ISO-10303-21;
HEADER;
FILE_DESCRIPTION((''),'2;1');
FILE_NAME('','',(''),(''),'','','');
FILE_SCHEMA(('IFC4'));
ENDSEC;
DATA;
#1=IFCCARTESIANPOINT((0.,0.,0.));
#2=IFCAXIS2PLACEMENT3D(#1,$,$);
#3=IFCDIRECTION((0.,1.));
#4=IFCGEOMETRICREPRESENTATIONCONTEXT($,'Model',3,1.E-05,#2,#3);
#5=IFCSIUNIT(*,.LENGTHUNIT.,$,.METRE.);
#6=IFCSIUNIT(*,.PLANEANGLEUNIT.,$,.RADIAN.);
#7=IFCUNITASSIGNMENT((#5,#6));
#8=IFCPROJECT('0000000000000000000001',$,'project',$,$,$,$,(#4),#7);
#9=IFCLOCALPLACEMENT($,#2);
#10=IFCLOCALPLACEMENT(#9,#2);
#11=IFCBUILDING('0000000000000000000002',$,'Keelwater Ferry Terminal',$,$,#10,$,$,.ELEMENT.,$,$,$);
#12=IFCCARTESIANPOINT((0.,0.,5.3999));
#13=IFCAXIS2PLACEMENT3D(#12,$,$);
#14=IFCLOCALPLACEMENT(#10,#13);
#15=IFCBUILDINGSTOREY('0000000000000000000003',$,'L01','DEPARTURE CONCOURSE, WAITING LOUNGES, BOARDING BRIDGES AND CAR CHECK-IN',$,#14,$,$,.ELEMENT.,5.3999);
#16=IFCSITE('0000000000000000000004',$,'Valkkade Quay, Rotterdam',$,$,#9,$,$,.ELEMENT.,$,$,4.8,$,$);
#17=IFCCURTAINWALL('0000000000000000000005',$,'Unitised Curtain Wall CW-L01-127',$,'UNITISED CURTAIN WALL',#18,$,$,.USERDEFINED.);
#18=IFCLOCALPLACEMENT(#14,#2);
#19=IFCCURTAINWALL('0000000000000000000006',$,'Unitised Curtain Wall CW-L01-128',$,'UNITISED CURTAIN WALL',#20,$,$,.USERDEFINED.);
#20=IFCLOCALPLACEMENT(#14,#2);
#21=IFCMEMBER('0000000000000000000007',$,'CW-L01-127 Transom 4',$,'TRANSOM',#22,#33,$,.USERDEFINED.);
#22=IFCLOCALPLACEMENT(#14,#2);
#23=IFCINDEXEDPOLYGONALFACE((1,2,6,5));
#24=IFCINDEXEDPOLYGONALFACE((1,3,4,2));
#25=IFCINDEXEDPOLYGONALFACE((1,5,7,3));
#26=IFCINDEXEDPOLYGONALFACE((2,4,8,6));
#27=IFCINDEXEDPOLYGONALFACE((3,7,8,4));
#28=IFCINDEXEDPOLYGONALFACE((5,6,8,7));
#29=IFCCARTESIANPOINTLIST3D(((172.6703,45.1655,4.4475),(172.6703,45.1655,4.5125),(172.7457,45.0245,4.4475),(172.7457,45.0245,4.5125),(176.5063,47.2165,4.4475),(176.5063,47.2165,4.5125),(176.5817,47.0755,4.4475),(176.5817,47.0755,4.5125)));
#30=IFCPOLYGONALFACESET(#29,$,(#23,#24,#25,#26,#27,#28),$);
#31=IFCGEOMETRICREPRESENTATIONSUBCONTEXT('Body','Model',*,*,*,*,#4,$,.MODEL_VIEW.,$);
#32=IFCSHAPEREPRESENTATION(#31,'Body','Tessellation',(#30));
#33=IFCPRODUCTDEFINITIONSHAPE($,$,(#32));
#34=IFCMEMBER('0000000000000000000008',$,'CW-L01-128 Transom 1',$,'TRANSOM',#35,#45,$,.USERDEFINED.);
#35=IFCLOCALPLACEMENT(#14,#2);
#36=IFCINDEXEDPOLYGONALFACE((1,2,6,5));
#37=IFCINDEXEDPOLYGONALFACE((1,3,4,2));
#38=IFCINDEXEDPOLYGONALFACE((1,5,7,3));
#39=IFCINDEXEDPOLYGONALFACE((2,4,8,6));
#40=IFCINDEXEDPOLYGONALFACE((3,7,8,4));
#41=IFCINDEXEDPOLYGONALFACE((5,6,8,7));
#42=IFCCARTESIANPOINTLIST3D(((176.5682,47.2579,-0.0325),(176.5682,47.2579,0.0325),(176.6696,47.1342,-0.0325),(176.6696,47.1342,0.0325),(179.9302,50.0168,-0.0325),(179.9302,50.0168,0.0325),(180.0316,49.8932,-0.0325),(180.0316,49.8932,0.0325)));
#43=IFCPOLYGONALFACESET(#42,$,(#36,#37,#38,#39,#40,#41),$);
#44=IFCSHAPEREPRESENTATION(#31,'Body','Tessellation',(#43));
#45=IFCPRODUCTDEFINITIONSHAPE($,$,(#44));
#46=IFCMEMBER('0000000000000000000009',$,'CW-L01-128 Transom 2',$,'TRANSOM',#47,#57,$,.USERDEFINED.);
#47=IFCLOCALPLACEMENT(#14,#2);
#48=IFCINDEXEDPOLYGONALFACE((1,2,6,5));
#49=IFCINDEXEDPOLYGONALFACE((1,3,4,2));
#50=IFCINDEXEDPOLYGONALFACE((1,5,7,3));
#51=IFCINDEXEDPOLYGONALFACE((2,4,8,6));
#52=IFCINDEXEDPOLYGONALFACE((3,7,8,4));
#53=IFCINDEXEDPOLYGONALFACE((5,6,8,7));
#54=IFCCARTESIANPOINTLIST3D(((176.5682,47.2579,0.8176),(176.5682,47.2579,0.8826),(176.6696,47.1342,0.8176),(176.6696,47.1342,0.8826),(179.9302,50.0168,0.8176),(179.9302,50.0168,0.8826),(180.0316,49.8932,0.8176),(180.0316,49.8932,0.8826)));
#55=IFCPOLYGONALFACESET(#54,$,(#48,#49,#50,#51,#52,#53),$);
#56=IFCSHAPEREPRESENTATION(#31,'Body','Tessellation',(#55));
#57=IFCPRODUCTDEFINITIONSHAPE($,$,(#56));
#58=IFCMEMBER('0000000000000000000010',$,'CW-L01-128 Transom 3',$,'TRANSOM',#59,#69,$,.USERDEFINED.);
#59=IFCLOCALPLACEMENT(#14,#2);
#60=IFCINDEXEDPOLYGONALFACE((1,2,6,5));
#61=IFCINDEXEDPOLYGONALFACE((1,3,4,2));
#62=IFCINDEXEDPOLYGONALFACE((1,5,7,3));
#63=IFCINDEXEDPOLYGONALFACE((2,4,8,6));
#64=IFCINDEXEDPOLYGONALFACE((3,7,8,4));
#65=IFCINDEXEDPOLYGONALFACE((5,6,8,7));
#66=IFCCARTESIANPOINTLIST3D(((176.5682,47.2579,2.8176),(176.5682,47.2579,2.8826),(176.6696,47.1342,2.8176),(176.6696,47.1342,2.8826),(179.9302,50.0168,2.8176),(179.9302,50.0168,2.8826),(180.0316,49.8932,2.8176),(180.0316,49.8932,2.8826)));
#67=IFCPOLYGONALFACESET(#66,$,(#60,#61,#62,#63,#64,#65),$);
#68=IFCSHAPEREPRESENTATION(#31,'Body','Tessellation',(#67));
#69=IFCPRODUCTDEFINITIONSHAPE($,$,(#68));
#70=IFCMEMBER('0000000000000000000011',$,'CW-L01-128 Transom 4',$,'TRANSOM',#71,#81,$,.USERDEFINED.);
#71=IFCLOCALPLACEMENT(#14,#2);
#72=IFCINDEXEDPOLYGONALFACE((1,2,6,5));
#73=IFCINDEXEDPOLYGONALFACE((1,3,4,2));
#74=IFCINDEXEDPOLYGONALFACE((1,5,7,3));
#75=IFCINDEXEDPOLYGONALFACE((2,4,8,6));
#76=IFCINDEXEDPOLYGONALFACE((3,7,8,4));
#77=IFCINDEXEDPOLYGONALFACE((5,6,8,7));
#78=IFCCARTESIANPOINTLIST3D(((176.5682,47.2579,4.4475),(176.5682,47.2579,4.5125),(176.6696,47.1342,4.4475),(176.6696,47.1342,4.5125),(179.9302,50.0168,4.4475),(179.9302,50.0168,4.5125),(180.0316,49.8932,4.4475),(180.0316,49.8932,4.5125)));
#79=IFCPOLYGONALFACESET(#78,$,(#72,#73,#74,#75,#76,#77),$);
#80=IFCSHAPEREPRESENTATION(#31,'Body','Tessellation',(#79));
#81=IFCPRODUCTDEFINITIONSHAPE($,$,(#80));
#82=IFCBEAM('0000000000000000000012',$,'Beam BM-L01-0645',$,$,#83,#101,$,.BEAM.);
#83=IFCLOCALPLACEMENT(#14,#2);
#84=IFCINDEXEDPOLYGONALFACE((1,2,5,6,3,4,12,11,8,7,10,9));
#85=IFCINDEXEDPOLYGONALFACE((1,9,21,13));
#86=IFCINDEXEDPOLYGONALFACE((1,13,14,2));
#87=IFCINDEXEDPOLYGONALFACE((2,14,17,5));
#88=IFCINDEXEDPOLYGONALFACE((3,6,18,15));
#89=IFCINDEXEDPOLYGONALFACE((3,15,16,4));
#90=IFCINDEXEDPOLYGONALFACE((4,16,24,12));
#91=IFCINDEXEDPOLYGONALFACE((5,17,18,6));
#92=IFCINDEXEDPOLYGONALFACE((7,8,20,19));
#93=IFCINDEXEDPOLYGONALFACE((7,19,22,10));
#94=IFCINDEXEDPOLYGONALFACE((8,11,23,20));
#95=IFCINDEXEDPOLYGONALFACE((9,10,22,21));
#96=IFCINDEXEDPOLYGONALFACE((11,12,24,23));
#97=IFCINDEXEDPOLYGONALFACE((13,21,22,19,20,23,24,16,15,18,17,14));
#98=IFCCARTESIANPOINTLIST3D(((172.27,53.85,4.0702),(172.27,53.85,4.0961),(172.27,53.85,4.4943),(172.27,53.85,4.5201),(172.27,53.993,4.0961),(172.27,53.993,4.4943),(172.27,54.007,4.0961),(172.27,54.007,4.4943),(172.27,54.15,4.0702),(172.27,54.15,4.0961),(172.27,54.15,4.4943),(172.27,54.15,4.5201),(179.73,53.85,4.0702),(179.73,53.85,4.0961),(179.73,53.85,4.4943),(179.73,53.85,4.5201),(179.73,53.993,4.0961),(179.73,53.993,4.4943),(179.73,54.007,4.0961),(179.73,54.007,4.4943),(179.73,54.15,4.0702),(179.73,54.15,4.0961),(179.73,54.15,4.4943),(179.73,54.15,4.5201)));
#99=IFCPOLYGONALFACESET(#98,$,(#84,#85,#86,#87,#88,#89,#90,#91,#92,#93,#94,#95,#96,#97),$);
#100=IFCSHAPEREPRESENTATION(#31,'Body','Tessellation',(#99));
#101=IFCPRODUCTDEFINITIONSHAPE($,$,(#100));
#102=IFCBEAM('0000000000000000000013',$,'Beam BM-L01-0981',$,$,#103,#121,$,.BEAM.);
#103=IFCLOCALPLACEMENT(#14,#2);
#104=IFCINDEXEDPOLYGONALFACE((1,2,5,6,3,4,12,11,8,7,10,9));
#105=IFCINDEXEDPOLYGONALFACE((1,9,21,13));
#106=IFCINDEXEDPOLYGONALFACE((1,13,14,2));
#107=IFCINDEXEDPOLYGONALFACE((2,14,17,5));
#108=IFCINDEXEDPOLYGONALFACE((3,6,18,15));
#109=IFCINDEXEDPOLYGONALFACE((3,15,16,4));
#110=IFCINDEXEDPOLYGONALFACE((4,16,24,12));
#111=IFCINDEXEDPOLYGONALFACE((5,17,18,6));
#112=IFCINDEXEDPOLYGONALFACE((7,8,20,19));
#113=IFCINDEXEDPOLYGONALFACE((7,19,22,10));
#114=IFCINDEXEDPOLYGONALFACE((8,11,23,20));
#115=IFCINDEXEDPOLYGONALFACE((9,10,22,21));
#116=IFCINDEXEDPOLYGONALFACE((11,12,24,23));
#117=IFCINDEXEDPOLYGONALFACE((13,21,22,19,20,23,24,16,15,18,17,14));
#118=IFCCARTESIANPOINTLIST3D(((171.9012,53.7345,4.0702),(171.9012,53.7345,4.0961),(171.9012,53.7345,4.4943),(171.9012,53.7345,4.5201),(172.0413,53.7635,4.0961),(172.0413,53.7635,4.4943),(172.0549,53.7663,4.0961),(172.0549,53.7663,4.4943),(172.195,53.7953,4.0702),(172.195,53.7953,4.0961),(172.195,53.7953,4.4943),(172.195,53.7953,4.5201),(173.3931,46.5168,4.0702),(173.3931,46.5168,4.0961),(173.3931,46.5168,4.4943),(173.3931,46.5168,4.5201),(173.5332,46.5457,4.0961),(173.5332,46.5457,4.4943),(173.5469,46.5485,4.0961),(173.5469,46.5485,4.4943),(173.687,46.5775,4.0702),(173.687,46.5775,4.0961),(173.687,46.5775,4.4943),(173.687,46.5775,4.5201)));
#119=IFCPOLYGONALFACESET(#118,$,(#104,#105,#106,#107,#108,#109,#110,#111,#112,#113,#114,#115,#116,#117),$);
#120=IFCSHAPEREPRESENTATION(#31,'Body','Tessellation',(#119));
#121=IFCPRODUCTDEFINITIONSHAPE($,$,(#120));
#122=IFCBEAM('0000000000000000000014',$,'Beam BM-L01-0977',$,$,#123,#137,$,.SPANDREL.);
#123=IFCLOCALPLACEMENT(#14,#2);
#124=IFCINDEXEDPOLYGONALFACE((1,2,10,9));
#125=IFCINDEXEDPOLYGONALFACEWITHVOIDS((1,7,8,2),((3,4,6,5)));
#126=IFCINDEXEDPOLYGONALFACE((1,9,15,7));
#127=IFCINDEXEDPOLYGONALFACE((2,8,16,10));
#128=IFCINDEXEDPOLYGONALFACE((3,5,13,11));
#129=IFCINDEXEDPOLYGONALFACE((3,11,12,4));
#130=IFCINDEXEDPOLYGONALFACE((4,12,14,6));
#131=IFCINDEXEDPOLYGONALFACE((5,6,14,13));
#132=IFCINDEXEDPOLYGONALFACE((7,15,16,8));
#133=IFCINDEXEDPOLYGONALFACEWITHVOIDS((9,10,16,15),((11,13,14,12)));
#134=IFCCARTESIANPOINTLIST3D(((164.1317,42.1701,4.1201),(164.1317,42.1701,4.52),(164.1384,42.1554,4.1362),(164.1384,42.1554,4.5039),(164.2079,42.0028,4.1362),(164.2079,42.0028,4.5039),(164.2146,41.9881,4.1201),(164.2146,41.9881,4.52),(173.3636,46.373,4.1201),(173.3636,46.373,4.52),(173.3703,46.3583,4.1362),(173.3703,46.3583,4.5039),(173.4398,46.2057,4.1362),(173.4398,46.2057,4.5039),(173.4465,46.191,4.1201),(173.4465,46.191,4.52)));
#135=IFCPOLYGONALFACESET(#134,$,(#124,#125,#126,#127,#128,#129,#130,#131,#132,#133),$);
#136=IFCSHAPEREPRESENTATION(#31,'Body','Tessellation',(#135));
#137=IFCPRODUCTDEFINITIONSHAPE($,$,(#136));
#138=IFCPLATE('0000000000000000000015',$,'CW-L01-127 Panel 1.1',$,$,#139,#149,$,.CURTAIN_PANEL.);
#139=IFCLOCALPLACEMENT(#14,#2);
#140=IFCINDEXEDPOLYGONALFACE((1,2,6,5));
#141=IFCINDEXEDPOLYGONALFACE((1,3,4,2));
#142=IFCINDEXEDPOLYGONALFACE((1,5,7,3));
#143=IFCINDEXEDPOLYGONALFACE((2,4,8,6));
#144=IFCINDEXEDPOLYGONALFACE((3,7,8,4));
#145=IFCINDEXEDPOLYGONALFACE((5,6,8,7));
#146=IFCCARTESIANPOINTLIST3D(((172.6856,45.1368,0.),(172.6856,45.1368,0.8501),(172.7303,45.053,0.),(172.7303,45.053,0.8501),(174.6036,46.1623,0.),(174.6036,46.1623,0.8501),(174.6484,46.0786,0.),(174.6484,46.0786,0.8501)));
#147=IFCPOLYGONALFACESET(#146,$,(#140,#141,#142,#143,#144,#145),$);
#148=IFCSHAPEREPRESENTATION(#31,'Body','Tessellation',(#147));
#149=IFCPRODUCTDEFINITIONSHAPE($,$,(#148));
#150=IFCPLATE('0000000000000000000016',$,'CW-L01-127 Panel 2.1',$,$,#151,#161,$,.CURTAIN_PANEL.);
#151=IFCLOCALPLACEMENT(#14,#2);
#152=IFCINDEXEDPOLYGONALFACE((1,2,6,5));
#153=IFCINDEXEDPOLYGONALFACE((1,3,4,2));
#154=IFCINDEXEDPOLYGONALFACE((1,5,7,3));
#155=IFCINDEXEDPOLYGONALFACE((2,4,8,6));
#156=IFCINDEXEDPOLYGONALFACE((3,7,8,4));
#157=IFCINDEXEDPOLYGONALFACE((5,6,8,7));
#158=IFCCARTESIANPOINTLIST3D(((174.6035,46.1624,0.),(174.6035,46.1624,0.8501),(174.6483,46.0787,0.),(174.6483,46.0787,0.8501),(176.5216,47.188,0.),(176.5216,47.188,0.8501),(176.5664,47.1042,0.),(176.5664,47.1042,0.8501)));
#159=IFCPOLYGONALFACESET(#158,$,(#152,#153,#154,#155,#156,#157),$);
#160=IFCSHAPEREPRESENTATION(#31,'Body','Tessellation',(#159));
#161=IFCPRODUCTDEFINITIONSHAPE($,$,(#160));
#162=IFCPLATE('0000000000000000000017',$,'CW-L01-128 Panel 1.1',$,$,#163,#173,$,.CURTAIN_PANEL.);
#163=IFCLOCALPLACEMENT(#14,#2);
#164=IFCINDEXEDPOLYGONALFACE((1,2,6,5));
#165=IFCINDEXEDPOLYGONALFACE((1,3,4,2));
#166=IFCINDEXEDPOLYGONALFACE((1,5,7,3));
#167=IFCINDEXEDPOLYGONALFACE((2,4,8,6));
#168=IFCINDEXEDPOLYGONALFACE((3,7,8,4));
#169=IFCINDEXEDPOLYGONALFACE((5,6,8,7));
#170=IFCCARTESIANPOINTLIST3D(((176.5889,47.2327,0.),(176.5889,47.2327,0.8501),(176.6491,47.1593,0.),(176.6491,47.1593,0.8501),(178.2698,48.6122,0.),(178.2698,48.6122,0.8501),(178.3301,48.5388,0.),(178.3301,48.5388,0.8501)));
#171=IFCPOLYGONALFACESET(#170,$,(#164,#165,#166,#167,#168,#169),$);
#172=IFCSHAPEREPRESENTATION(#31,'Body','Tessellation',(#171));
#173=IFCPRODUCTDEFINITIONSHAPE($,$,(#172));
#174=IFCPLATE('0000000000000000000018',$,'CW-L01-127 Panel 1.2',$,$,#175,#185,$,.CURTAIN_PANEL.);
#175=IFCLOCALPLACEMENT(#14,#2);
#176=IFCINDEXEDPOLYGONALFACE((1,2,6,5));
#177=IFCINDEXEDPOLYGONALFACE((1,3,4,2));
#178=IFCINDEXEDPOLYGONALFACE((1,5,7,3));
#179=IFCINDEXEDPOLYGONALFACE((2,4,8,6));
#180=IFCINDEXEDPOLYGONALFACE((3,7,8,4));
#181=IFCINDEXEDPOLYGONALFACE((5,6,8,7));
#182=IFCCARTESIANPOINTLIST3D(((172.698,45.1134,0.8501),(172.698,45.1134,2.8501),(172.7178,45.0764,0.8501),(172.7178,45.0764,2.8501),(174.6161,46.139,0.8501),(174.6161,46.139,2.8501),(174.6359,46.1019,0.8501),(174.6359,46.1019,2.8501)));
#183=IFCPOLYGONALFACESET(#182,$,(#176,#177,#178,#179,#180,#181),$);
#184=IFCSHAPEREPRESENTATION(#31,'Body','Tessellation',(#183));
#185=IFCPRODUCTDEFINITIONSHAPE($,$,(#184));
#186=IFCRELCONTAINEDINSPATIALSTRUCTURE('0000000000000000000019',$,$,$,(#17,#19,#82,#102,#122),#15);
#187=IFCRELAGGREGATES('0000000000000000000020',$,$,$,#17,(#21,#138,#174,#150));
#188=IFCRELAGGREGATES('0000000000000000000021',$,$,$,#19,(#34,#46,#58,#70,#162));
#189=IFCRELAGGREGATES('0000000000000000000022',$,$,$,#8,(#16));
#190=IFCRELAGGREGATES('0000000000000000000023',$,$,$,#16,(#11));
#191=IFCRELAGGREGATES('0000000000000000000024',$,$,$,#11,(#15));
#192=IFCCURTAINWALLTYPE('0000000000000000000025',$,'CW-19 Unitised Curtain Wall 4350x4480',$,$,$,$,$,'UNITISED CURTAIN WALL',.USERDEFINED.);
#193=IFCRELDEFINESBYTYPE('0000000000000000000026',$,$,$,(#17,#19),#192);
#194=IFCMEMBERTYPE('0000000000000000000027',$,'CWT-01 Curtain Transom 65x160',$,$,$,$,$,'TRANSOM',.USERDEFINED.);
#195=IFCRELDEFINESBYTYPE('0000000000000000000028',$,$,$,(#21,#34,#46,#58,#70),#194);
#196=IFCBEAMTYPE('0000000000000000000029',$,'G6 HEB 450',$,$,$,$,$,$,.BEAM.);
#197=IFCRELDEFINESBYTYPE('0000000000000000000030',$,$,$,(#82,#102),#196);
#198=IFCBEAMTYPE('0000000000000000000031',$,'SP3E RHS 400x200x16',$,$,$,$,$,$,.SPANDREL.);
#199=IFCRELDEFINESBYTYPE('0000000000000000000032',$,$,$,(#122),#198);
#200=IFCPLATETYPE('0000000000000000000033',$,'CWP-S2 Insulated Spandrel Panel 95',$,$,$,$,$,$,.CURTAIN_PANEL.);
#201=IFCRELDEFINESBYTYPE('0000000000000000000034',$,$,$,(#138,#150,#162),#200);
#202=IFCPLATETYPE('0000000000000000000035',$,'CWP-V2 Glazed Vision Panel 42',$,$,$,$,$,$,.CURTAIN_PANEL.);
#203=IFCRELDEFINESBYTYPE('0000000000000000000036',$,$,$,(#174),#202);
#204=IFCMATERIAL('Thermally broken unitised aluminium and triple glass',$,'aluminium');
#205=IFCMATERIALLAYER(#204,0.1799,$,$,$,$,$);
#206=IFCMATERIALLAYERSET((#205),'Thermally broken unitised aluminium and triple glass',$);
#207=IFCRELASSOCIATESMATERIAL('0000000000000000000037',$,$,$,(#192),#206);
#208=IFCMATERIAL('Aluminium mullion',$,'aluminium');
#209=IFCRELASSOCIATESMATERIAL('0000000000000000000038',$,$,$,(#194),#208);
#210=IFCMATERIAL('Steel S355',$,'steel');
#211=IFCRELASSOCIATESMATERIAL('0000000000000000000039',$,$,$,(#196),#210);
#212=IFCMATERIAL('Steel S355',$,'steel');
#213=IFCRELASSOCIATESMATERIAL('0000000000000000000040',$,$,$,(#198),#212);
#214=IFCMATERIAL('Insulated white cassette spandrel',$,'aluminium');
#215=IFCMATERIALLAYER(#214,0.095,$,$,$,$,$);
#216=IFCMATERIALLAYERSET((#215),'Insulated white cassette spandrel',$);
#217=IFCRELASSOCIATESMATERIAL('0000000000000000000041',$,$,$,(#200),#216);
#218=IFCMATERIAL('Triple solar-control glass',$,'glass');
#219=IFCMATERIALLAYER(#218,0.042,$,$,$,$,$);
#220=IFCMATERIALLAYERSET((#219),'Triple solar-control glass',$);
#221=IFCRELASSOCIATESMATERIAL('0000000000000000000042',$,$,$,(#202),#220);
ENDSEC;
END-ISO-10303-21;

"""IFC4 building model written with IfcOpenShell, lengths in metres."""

from ifc_helpers import new_model, si_unit, direction, frame, origin, origin_2d, place, context, subcontext, project, spatial, rectangle, hollow_rectangle, i_section, extrude, material, layer, layer_set, material_profile, profile_set, type_object, element, aggregate, save


model = new_model("IFC4")

# Units and contexts
model_context = context("Model", 3, precision=1e-05, world=origin(), true_north=direction((0.0, 1.0)))
body_context = subcontext(model_context, "Body", "Model", "MODEL_VIEW")
ifc_project = project(units=[si_unit("LENGTHUNIT", "METRE"), si_unit("PLANEANGLEUNIT", "RADIAN")], contexts=[model_context])

# Site, building, storey
site_placement = place(None, origin())
site = spatial("IfcSite", under=ifc_project, at=site_placement, Name="Valkkade Quay, Rotterdam", CompositionType="ELEMENT", RefElevation=4.8)
building_placement = place(site_placement, origin())
building = spatial("IfcBuilding", under=site, at=building_placement, Name="Keelwater Ferry Terminal", CompositionType="ELEMENT")
storey_placement = place(building_placement, frame((0.0, 0.0, 5.3999)))
storey = spatial("IfcBuildingStorey", under=building, at=storey_placement, Name="L01", Description="DEPARTURE CONCOURSE, WAITING LOUNGES, BOARDING BRIDGES AND CAR CHECK-IN", CompositionType="ELEMENT", Elevation=5.3999)

# Shared definitions
ifc_material_1 = material(Name="Thermally broken unitised aluminium and triple glass", Category="aluminium")
ifc_layer_1 = layer(ifc_material_1, 0.1799)
ifc_layer_set_1 = layer_set([ifc_layer_1], Name="Thermally broken unitised aluminium and triple glass")
curtain_wall_type = type_object("IfcCurtainWallType", Name="CW-19 Unitised Curtain Wall 4350x4480", ElementType="UNITISED CURTAIN WALL", PredefinedType="USERDEFINED", material=ifc_layer_set_1)

# Curtain walls
curtain_wall_1_placement = place(storey_placement, origin())
curtain_wall_1 = element("IfcCurtainWall", 1, at=curtain_wall_1_placement, inside=storey, type_object=curtain_wall_type, Name="Unitised Curtain Wall CW-L01-127", ObjectType="UNITISED CURTAIN WALL", PredefinedType="USERDEFINED")
curtain_wall_2_placement = place(storey_placement, origin())
curtain_wall_2 = element("IfcCurtainWall", 2, at=curtain_wall_2_placement, inside=storey, type_object=curtain_wall_type, Name="Unitised Curtain Wall CW-L01-128", ObjectType="UNITISED CURTAIN WALL", PredefinedType="USERDEFINED")

# Members
ifc_material_2 = material(Name="Aluminium mullion", Category="aluminium")
ifc_material_profile_1 = material_profile(ifc_material_2, rectangle(XDim=0.1599, YDim=0.0649, at=origin_2d()), Name="CWT-01")
ifc_profile_set_1 = profile_set([ifc_material_profile_1], Name="Aluminium mullion")
member_type_1 = type_object("IfcMemberType", Name="CWT-01 Curtain Transom 65x160", ElementType="TRANSOM", PredefinedType="USERDEFINED", material=ifc_profile_set_1)
member_1_placement = place(storey_placement, frame((172.708, 45.095, 4.48), z_axis=(0.881857, 0.471517, 0.0), x_axis=(-0.471517, 0.881857, 0.0)))
member_1 = element("IfcMember", 3, at=member_1_placement, type_object=member_type_1, Name="CW-L01-127 Transom 4", ObjectType="TRANSOM", PredefinedType="USERDEFINED", context=body_context, shape_type="SweptSolid", body=[
    extrude(rectangle(XDim=0.1599, YDim=0.0649, at=origin_2d()), origin(), (0.0, 0.0, 1.0), 4.3499),
])
member_2_placement = place(storey_placement, frame((176.6189, 47.196, 0.0), z_axis=(0.773026, 0.634374, 0.0), x_axis=(-0.634374, 0.773026, 0.0)))
member_2 = element("IfcMember", 4, at=member_2_placement, type_object=member_type_1, Name="CW-L01-128 Transom 1", ObjectType="TRANSOM", PredefinedType="USERDEFINED", context=body_context, shape_type="SweptSolid", body=[
    extrude(rectangle(XDim=0.1599, YDim=0.0649, at=origin_2d()), origin(), (0.0, 0.0, 1.0), 4.3491),
])
member_3_placement = place(storey_placement, frame((176.6189, 47.196, 0.8501), z_axis=(0.773026, 0.634374, 0.0), x_axis=(-0.634374, 0.773026, 0.0)))
member_3 = element("IfcMember", 5, at=member_3_placement, type_object=member_type_1, Name="CW-L01-128 Transom 2", ObjectType="TRANSOM", PredefinedType="USERDEFINED", context=body_context, shape_type="SweptSolid", body=[
    extrude(rectangle(XDim=0.1599, YDim=0.0649, at=origin_2d()), origin(), (0.0, 0.0, 1.0), 4.3491),
])
member_4_placement = place(storey_placement, frame((176.6189, 47.196, 2.8501), z_axis=(0.773026, 0.634374, 0.0), x_axis=(-0.634374, 0.773026, 0.0)))
member_4 = element("IfcMember", 6, at=member_4_placement, type_object=member_type_1, Name="CW-L01-128 Transom 3", ObjectType="TRANSOM", PredefinedType="USERDEFINED", context=body_context, shape_type="SweptSolid", body=[
    extrude(rectangle(XDim=0.1599, YDim=0.0649, at=origin_2d()), origin(), (0.0, 0.0, 1.0), 4.3491),
])
member_5_placement = place(storey_placement, frame((176.6189, 47.196, 4.48), z_axis=(0.773026, 0.634374, 0.0), x_axis=(-0.634374, 0.773026, 0.0)))
member_5 = element("IfcMember", 7, at=member_5_placement, type_object=member_type_1, Name="CW-L01-128 Transom 4", ObjectType="TRANSOM", PredefinedType="USERDEFINED", context=body_context, shape_type="SweptSolid", body=[
    extrude(rectangle(XDim=0.1599, YDim=0.0649, at=origin_2d()), origin(), (0.0, 0.0, 1.0), 4.3491),
])

# Beams
ifc_material_3 = material(Name="Steel S355", Category="steel")
ifc_material_profile_2 = material_profile(ifc_material_3, i_section(OverallWidth=0.3, OverallDepth=0.45, WebThickness=0.0139, FlangeThickness=0.0259, at=origin_2d()), Name="HEB 450")
ifc_profile_set_2 = profile_set([ifc_material_profile_2], Name="Steel S355")
beam_type_1 = type_object("IfcBeamType", Name="G6 HEB 450", PredefinedType="BEAM", material=ifc_profile_set_2)
beam_1_placement = place(storey_placement, frame((172.27, 54.0, 4.2952), z_axis=(1.0, 0.0, 0.0), x_axis=(0.0, 1.0, 0.0)))
element("IfcBeam", 8, at=beam_1_placement, inside=storey, type_object=beam_type_1, Name="Beam BM-L01-0645", PredefinedType="BEAM", context=body_context, shape_type="SweptSolid", body=[
    extrude(i_section(OverallWidth=0.3, OverallDepth=0.45, WebThickness=0.0139, FlangeThickness=0.0259, at=origin_2d()), origin(), (0.0, 0.0, 1.0), 7.46),
])
beam_2_placement = place(storey_placement, frame((173.54, 46.5471, 4.2952), z_axis=(-0.202425, 0.979298, 0.0), x_axis=(-0.979298, -0.202425, 0.0)))
element("IfcBeam", 9, at=beam_2_placement, inside=storey, type_object=beam_type_1, Name="Beam BM-L01-0981", PredefinedType="BEAM", context=body_context, shape_type="SweptSolid", body=[
    extrude(i_section(OverallWidth=0.3, OverallDepth=0.45, WebThickness=0.0139, FlangeThickness=0.0259, at=origin_2d()), origin(), (0.0, 0.0, 1.0), 7.3704),
])
ifc_material_4 = material(Name="Steel S355", Category="steel")
ifc_material_profile_3 = material_profile(ifc_material_4, hollow_rectangle(XDim=0.2, YDim=0.3999, WallThickness=0.0161, at=origin_2d()), Name="RHS 400x200x16")
ifc_profile_set_3 = profile_set([ifc_material_profile_3], Name="Steel S355")
beam_type_2 = type_object("IfcBeamType", Name="SP3E RHS 400x200x16", PredefinedType="SPANDREL", material=ifc_profile_set_3)
beam_3_placement = place(storey_placement, frame((173.405, 46.282, 4.3201), z_axis=(-0.910123, -0.414338, 0.0), x_axis=(0.414338, -0.910123, 0.0)))
element("IfcBeam", 10, at=beam_3_placement, inside=storey, type_object=beam_type_2, Name="Beam BM-L01-0977", PredefinedType="SPANDREL", context=body_context, shape_type="SweptSolid", body=[
    extrude(hollow_rectangle(XDim=0.2, YDim=0.3999, WallThickness=0.0161, at=origin_2d()), origin(), (0.0, 0.0, 1.0), 10.1436),
])

# Plates
ifc_material_5 = material(Name="Insulated white cassette spandrel", Category="aluminium")
ifc_layer_2 = layer(ifc_material_5, 0.095)
ifc_layer_set_2 = layer_set([ifc_layer_2], Name="Insulated white cassette spandrel")
plate_type_1 = type_object("IfcPlateType", Name="CWP-S2 Insulated Spandrel Panel 95", PredefinedType="CURTAIN_PANEL", material=ifc_layer_set_2)
plate_1_placement = place(storey_placement, frame((173.667, 45.6077, 0.0), z_axis=(0.0, 0.0, 1.0), x_axis=(0.881862, 0.471507, 0.0)))
plate_1 = element("IfcPlate", 11, at=plate_1_placement, type_object=plate_type_1, Name="CW-L01-127 Panel 1.1", PredefinedType="CURTAIN_PANEL", context=body_context, shape_type="SweptSolid", body=[
    extrude(rectangle(XDim=2.175, YDim=0.095, at=origin_2d()), origin(), (0.0, 0.0, 1.0), 0.8501),
])
plate_2_placement = place(storey_placement, frame((175.585, 46.6333, 0.0), z_axis=(0.0, 0.0, 1.0), x_axis=(0.881862, 0.471507, 0.0)))
plate_2 = element("IfcPlate", 12, at=plate_2_placement, type_object=plate_type_1, Name="CW-L01-127 Panel 2.1", PredefinedType="CURTAIN_PANEL", context=body_context, shape_type="SweptSolid", body=[
    extrude(rectangle(XDim=2.175, YDim=0.095, at=origin_2d()), origin(), (0.0, 0.0, 1.0), 0.8501),
])
plate_3_placement = place(storey_placement, frame((177.4595, 47.8857, 0.0), z_axis=(0.0, 0.0, 1.0), x_axis=(0.773024, 0.634377, 0.0)))
plate_3 = element("IfcPlate", 13, at=plate_3_placement, type_object=plate_type_1, Name="CW-L01-128 Panel 1.1", PredefinedType="CURTAIN_PANEL", context=body_context, shape_type="SweptSolid", body=[
    extrude(rectangle(XDim=2.1746, YDim=0.095, at=origin_2d()), origin(), (0.0, 0.0, 1.0), 0.8501),
])
ifc_material_6 = material(Name="Triple solar-control glass", Category="glass")
ifc_layer_3 = layer(ifc_material_6, 0.042)
ifc_layer_set_3 = layer_set([ifc_layer_3], Name="Triple solar-control glass")
plate_type_2 = type_object("IfcPlateType", Name="CWP-V2 Glazed Vision Panel 42", PredefinedType="CURTAIN_PANEL", material=ifc_layer_set_3)
plate_4_placement = place(storey_placement, frame((173.667, 45.6077, 0.8501), z_axis=(0.0, 0.0, 1.0), x_axis=(0.881862, 0.471507, 0.0)))
plate_4 = element("IfcPlate", 14, at=plate_4_placement, type_object=plate_type_2, Name="CW-L01-127 Panel 1.2", PredefinedType="CURTAIN_PANEL", context=body_context, shape_type="SweptSolid", body=[
    extrude(rectangle(XDim=2.175, YDim=0.042, at=origin_2d()), origin(), (0.0, 0.0, 1.0), 2.0),
])
aggregate(curtain_wall_1, [member_1, plate_1, plate_4, plate_2])
aggregate(curtain_wall_2, [member_2, member_3, member_4, member_5, plate_3])

save(model, "model.ifc")
